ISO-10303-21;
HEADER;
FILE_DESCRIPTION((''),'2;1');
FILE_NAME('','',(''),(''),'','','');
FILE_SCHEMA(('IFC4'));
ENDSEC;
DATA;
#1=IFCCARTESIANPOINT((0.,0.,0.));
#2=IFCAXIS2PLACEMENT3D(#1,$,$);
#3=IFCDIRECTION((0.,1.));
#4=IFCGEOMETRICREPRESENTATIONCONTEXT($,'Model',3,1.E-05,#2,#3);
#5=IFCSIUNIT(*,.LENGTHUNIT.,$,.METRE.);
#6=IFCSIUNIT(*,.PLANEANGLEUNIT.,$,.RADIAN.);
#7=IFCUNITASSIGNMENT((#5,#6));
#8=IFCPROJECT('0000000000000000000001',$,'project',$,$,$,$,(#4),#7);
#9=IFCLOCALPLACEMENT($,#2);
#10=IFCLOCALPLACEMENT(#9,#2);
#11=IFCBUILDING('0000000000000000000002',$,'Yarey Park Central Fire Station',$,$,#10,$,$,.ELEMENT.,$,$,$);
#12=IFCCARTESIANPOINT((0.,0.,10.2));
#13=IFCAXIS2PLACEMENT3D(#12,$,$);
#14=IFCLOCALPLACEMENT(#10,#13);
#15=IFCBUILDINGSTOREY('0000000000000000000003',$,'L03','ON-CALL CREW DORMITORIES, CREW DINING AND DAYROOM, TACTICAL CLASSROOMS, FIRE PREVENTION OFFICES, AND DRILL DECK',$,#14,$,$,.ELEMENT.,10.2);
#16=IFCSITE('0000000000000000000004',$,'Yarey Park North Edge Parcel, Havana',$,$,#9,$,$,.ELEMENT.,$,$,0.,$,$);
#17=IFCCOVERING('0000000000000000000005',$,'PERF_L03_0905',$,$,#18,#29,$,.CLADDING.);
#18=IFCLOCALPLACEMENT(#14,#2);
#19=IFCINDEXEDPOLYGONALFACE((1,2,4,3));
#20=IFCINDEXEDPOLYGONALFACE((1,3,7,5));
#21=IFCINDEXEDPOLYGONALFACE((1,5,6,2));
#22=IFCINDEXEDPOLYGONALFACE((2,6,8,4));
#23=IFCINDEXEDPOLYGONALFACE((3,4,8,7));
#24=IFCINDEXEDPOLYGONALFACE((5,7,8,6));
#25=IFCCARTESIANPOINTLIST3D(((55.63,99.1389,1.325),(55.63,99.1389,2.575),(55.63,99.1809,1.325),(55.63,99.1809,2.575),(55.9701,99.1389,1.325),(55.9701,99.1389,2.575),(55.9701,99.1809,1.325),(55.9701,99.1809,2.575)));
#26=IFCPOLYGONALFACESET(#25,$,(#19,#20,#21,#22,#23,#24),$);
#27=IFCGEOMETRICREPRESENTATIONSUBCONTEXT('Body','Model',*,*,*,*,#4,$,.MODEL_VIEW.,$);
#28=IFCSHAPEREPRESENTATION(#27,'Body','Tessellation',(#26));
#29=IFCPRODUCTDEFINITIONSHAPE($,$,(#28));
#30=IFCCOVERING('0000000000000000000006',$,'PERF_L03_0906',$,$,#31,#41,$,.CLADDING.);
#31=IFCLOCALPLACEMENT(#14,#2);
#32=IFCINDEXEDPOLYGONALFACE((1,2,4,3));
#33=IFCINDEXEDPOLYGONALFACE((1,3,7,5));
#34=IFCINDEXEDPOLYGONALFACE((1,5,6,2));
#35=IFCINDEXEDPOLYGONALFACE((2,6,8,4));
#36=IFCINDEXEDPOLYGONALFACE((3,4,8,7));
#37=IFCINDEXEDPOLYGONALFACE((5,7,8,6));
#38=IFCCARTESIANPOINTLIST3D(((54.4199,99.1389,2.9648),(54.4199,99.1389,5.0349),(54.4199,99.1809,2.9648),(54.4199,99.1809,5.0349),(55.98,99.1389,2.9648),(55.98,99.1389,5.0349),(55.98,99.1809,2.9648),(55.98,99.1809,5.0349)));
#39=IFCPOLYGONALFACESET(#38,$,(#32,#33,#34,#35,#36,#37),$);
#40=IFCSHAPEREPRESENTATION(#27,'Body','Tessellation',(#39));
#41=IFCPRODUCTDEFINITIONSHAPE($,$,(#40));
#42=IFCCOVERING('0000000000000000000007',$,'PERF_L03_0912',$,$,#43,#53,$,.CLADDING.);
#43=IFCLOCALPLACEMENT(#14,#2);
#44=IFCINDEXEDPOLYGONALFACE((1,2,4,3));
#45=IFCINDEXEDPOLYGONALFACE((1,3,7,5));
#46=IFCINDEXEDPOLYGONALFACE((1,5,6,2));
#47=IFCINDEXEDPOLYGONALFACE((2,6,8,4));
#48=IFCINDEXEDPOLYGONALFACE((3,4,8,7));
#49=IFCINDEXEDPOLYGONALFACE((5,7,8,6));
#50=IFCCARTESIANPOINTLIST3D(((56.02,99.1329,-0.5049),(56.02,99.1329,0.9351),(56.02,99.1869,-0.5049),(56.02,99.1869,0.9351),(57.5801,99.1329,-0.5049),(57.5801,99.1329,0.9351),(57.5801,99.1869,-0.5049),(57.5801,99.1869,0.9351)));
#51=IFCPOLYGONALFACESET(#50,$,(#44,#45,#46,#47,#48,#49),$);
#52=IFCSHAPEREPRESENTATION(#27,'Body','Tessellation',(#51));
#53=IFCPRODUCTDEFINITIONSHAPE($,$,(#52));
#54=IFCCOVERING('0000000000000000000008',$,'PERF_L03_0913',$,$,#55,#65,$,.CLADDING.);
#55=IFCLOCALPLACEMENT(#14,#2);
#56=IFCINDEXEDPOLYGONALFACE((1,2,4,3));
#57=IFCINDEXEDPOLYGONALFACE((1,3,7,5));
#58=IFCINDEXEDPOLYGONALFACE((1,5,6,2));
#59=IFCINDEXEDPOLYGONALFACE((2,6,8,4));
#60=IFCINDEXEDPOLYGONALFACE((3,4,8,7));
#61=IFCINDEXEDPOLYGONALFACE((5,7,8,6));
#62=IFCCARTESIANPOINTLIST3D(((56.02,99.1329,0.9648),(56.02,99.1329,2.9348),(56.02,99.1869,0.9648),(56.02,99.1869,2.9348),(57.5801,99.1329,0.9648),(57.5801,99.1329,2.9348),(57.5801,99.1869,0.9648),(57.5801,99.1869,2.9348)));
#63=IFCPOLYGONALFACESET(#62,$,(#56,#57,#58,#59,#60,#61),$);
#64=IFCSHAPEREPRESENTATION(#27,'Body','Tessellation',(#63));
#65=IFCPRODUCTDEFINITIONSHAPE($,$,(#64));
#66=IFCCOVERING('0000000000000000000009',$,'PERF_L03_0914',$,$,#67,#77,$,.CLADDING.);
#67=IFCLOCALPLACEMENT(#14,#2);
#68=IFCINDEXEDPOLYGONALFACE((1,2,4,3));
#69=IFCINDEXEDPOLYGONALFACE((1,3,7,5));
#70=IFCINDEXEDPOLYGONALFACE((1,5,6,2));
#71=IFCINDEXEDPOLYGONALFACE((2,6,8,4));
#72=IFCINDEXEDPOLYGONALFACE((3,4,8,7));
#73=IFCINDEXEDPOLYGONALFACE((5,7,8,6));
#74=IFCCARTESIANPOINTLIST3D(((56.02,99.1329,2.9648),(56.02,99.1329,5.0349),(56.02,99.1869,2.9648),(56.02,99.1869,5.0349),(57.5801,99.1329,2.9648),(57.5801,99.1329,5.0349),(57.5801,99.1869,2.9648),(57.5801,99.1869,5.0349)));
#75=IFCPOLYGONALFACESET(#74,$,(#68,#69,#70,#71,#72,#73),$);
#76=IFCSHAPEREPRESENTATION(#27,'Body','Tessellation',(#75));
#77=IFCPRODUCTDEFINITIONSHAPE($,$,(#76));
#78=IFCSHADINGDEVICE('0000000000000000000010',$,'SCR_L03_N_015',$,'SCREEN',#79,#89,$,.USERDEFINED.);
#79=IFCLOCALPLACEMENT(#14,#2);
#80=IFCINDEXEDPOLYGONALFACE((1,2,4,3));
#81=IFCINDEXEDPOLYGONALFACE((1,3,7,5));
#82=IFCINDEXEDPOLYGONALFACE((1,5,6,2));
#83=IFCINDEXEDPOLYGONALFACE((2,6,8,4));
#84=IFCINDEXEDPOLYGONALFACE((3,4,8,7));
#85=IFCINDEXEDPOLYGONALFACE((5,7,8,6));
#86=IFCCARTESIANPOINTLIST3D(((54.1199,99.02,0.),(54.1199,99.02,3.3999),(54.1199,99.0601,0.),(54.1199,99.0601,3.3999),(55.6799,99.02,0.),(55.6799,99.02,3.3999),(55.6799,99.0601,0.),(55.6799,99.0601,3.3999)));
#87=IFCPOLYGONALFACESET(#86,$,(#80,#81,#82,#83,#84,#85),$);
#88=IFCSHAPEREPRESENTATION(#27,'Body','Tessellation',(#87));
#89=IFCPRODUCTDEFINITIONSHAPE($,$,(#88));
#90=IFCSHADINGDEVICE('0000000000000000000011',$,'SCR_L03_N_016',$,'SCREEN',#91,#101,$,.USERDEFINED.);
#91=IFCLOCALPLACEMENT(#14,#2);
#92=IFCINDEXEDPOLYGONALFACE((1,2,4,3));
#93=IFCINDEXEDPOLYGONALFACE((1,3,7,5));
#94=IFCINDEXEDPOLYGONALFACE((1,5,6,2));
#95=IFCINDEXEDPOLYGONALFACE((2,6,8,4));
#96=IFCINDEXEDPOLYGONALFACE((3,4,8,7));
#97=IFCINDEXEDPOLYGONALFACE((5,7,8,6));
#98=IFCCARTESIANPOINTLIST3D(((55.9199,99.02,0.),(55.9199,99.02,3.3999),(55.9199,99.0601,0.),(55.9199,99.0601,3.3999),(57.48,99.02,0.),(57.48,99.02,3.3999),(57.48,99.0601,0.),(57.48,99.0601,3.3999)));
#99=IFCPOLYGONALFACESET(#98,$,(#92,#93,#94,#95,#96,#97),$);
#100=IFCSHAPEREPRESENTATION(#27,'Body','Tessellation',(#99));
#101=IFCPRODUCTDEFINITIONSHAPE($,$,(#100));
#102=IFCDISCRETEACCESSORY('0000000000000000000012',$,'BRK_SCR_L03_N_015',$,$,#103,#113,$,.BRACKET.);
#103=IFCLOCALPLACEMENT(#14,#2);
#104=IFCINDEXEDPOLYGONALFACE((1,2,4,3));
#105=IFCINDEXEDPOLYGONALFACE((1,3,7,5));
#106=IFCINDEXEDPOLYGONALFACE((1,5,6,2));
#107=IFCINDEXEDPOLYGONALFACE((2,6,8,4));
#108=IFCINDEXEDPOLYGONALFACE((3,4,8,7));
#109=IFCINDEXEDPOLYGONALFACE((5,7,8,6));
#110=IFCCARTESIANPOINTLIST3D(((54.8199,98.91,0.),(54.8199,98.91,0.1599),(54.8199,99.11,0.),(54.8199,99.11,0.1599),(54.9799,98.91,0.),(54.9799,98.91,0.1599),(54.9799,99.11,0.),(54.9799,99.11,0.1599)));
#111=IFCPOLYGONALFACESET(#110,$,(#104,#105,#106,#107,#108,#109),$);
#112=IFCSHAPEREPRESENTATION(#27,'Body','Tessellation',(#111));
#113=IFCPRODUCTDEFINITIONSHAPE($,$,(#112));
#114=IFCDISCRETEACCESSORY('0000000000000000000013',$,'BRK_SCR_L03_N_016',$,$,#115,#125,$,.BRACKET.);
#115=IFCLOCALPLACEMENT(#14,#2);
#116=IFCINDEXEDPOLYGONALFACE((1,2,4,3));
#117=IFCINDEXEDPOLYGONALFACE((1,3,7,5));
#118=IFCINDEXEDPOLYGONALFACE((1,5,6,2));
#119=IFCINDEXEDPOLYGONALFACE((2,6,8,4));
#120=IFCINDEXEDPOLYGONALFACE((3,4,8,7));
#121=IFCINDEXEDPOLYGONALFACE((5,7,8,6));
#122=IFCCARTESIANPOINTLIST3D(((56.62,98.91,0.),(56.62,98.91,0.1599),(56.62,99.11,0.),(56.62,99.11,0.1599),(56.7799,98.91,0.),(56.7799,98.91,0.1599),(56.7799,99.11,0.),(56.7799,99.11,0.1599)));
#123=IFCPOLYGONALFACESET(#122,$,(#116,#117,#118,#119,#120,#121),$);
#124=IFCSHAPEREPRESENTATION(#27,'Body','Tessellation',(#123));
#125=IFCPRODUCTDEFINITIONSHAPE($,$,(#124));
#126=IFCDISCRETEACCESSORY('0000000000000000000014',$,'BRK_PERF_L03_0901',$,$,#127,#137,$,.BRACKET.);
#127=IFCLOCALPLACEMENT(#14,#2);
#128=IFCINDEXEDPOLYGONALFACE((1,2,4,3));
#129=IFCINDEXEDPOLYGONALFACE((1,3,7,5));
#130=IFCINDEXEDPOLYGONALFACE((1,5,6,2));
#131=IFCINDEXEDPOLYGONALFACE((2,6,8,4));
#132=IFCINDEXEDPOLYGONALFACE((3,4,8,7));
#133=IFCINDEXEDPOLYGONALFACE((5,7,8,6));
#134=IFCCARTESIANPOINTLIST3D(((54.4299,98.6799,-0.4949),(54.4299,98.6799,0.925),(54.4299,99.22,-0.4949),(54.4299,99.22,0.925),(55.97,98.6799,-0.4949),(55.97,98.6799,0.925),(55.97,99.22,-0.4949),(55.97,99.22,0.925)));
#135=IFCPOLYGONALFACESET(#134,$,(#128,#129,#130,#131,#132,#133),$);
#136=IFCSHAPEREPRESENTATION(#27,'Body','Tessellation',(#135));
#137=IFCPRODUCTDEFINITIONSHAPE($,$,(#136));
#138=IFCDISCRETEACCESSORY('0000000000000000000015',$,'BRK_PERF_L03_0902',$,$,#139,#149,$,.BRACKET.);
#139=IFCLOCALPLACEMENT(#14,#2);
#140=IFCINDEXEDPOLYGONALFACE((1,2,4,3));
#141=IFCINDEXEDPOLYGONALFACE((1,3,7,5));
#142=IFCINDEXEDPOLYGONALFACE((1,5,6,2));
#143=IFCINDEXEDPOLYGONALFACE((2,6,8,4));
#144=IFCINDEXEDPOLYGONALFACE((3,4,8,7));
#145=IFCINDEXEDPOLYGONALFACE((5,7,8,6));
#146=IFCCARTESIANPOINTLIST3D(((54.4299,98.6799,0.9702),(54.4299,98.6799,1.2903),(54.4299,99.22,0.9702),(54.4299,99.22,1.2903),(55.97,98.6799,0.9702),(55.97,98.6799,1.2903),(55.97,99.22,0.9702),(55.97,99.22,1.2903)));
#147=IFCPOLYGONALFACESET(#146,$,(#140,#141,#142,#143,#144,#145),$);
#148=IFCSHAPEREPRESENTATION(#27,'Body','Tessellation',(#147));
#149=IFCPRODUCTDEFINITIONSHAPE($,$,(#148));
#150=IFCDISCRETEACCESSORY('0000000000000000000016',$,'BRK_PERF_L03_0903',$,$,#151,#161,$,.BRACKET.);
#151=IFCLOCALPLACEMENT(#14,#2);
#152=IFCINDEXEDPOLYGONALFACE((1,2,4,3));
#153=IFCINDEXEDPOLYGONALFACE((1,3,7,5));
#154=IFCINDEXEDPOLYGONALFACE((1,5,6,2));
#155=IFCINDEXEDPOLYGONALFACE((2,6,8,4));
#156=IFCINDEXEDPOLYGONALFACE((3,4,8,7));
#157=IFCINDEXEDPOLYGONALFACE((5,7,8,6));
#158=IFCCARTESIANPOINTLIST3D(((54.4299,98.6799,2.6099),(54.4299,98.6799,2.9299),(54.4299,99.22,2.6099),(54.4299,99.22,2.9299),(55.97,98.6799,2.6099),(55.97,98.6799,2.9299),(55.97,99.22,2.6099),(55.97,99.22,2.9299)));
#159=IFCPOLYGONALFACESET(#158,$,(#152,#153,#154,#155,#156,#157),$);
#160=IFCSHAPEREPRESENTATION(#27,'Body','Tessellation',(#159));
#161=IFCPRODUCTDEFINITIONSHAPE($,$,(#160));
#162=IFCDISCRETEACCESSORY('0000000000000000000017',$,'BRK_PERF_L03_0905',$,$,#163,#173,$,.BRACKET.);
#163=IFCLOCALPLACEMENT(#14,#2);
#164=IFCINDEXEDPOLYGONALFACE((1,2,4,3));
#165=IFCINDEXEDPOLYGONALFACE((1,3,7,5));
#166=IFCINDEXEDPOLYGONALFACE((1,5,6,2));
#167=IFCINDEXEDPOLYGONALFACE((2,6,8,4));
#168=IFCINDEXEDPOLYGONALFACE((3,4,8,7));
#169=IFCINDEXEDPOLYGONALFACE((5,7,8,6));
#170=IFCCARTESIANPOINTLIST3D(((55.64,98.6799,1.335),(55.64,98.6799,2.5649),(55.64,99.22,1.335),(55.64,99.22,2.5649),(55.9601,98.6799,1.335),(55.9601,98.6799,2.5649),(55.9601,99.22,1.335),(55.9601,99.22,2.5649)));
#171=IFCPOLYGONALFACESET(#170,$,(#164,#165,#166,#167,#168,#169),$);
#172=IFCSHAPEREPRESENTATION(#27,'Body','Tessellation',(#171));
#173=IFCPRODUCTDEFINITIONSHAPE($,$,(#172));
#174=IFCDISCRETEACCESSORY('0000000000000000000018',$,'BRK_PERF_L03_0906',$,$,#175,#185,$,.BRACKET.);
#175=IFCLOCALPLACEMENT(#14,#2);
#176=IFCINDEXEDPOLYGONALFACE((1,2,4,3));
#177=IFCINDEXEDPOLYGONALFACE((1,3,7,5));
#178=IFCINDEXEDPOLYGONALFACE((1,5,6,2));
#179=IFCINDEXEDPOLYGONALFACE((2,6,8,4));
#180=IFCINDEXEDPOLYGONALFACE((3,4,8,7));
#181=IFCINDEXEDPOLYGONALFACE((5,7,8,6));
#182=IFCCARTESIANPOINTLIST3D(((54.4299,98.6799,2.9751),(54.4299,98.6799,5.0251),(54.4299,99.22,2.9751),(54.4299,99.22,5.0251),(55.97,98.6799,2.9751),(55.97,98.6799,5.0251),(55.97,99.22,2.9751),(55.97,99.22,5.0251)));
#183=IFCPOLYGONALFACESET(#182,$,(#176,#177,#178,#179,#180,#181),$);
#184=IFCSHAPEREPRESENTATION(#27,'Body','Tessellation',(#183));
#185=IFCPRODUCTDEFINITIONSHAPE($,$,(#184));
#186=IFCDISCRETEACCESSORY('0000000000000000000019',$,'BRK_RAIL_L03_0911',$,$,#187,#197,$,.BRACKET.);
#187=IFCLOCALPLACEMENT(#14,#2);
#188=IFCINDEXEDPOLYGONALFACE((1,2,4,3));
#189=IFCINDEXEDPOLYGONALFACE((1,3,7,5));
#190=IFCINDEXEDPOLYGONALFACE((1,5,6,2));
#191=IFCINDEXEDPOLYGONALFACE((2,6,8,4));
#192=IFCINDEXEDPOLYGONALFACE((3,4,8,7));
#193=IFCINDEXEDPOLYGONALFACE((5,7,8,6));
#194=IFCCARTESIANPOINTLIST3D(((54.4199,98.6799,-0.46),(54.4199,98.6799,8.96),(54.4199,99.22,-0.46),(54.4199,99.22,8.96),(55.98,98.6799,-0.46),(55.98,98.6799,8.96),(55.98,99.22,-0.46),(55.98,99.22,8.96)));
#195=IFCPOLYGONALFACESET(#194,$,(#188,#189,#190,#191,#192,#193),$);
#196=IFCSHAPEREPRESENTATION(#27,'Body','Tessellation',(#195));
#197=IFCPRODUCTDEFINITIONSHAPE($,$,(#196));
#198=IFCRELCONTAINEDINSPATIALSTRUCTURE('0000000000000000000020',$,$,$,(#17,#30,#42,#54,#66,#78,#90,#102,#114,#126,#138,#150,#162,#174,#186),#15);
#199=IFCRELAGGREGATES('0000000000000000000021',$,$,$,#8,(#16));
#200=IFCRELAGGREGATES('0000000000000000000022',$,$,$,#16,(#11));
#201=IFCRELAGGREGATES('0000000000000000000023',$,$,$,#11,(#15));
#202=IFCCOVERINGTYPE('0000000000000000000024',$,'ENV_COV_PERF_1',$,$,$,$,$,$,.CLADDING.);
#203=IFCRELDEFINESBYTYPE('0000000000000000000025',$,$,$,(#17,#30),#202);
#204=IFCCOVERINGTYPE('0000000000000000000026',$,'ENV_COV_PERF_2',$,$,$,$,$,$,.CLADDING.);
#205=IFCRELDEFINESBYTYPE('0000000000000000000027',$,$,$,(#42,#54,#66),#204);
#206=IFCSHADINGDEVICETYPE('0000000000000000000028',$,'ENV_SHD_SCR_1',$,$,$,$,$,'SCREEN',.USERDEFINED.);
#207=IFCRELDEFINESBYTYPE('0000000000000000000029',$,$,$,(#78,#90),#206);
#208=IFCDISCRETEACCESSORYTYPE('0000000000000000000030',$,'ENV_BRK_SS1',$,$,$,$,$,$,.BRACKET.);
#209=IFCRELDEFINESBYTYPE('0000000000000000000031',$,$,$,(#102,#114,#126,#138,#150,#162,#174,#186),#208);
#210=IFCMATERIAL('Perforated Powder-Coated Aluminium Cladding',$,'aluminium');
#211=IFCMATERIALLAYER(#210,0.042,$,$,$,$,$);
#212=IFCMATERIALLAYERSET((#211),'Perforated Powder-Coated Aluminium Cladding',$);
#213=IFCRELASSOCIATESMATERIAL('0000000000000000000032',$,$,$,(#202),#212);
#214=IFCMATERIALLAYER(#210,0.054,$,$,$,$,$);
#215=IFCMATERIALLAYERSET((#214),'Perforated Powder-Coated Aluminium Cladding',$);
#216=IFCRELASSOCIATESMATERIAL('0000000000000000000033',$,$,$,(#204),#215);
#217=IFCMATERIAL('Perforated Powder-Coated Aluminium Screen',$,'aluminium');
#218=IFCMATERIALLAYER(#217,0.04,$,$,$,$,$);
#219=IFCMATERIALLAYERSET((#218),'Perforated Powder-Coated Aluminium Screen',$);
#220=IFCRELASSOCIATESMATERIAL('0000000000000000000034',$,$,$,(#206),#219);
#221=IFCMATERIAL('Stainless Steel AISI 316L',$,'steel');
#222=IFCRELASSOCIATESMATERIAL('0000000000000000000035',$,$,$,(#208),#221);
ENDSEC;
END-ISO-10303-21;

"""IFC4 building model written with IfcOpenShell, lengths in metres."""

from ifc_helpers import new_model, si_unit, direction, frame, origin, origin_2d, place, context, subcontext, project, spatial, rectangle, extrude, material, layer, layer_set, type_object, element, save


model = new_model("IFC4")

# Units and contexts
model_context = context("Model", 3, precision=1e-05, world=origin(), true_north=direction((0.0, 1.0)))
body_context = subcontext(model_context, "Body", "Model", "MODEL_VIEW")
ifc_project = project(units=[si_unit("LENGTHUNIT", "METRE"), si_unit("PLANEANGLEUNIT", "RADIAN")], contexts=[model_context])

# Site, building, storey
site_placement = place(None, origin())
site = spatial("IfcSite", under=ifc_project, at=site_placement, Name="Yarey Park North Edge Parcel, Havana", CompositionType="ELEMENT", RefElevation=0.0)
building_placement = place(site_placement, origin())
building = spatial("IfcBuilding", under=site, at=building_placement, Name="Yarey Park Central Fire Station", CompositionType="ELEMENT")
storey_placement = place(building_placement, frame((0.0, 0.0, 10.2)))
storey = spatial("IfcBuildingStorey", under=building, at=storey_placement, Name="L03", Description="ON-CALL CREW DORMITORIES, CREW DINING AND DAYROOM, TACTICAL CLASSROOMS, FIRE PREVENTION OFFICES, AND DRILL DECK", CompositionType="ELEMENT", Elevation=10.2)

# Coverings
ifc_material_1 = material(Name="Perforated Powder-Coated Aluminium Cladding", Category="aluminium")
ifc_layer_1 = layer(ifc_material_1, 0.042)
ifc_layer_set_1 = layer_set([ifc_layer_1], Name="Perforated Powder-Coated Aluminium Cladding")
covering_type_1 = type_object("IfcCoveringType", Name="ENV_COV_PERF_1", PredefinedType="CLADDING", material=ifc_layer_set_1)
covering_1_placement = place(storey_placement, frame((55.8, 99.1599, 1.325), z_axis=(0.0, 0.0, 1.0), x_axis=(1.0, 0.0, 0.0)))
element("IfcCovering", 1, at=covering_1_placement, inside=storey, type_object=covering_type_1, Name="PERF_L03_0905", PredefinedType="CLADDING", context=body_context, shape_type="SweptSolid", body=[
    extrude(rectangle(XDim=0.3401, YDim=0.042, at=origin_2d()), origin(), (0.0, 0.0, 1.0), 1.25),
])
covering_2_placement = place(storey_placement, frame((55.2, 99.1599, 2.9648), z_axis=(0.0, 0.0, 1.0), x_axis=(1.0, 0.0, 0.0)))
element("IfcCovering", 2, at=covering_2_placement, inside=storey, type_object=covering_type_1, Name="PERF_L03_0906", PredefinedType="CLADDING", context=body_context, shape_type="SweptSolid", body=[
    extrude(rectangle(XDim=1.5601, YDim=0.042, at=origin_2d()), origin(), (0.0, 0.0, 1.0), 2.0701),
])
ifc_layer_2 = layer(ifc_material_1, 0.054)
ifc_layer_set_2 = layer_set([ifc_layer_2], Name="Perforated Powder-Coated Aluminium Cladding")
covering_type_2 = type_object("IfcCoveringType", Name="ENV_COV_PERF_2", PredefinedType="CLADDING", material=ifc_layer_set_2)
covering_3_placement = place(storey_placement, frame((56.8, 99.1599, -0.5049), z_axis=(0.0, 0.0, 1.0), x_axis=(1.0, 0.0, 0.0)))
element("IfcCovering", 3, at=covering_3_placement, inside=storey, type_object=covering_type_2, Name="PERF_L03_0912", PredefinedType="CLADDING", context=body_context, shape_type="SweptSolid", body=[
    extrude(rectangle(XDim=1.5601, YDim=0.054, at=origin_2d()), origin(), (0.0, 0.0, 1.0), 1.4399),
])
covering_4_placement = place(storey_placement, frame((56.8, 99.1599, 0.9648), z_axis=(0.0, 0.0, 1.0), x_axis=(1.0, 0.0, 0.0)))
element("IfcCovering", 4, at=covering_4_placement, inside=storey, type_object=covering_type_2, Name="PERF_L03_0913", PredefinedType="CLADDING", context=body_context, shape_type="SweptSolid", body=[
    extrude(rectangle(XDim=1.5601, YDim=0.054, at=origin_2d()), origin(), (0.0, 0.0, 1.0), 1.97),
])
covering_5_placement = place(storey_placement, frame((56.8, 99.1599, 2.9648), z_axis=(0.0, 0.0, 1.0), x_axis=(1.0, 0.0, 0.0)))
element("IfcCovering", 5, at=covering_5_placement, inside=storey, type_object=covering_type_2, Name="PERF_L03_0914", PredefinedType="CLADDING", context=body_context, shape_type="SweptSolid", body=[
    extrude(rectangle(XDim=1.5601, YDim=0.054, at=origin_2d()), origin(), (0.0, 0.0, 1.0), 2.0701),
])

# Shading devices
ifc_material_2 = material(Name="Perforated Powder-Coated Aluminium Screen", Category="aluminium")
ifc_layer_3 = layer(ifc_material_2, 0.04)
ifc_layer_set_3 = layer_set([ifc_layer_3], Name="Perforated Powder-Coated Aluminium Screen")
shading_device_type = type_object("IfcShadingDeviceType", Name="ENV_SHD_SCR_1", ElementType="SCREEN", PredefinedType="USERDEFINED", material=ifc_layer_set_3)
for number, where, z_axis, x_axis, name in (
    (6, (54.8999, 99.04, 0.0), (0.0, 0.0, 1.0), (1.0, 0.0, 0.0), "SCR_L03_N_015"),
    (7, (56.7, 99.04, 0.0), (0.0, 0.0, 1.0), (1.0, 0.0, 0.0), "SCR_L03_N_016"),
):
    element("IfcShadingDevice", number, at=place(storey_placement, frame(where, z_axis=z_axis, x_axis=x_axis)), inside=storey, type_object=shading_device_type, Name=name, ObjectType="SCREEN", PredefinedType="USERDEFINED", context=body_context, shape_type="SweptSolid", body=[
        extrude(rectangle(XDim=1.5601, YDim=0.04, at=origin_2d()), origin(), (0.0, 0.0, 1.0), 3.3999),
    ])

# Discrete accessories
ifc_material_3 = material(Name="Stainless Steel AISI 316L", Category="steel")
discrete_accessory_type = type_object("IfcDiscreteAccessoryType", Name="ENV_BRK_SS1", PredefinedType="BRACKET", material=ifc_material_3)
for number, where, z_axis, x_axis, name in (
    (8, (54.8999, 99.01, 0.0), (0.0, 0.0, 1.0), (1.0, 0.0, 0.0), "BRK_SCR_L03_N_015"),
    (9, (56.7, 99.01, 0.0), (0.0, 0.0, 1.0), (1.0, 0.0, 0.0), "BRK_SCR_L03_N_016"),
):
    element("IfcDiscreteAccessory", number, at=place(storey_placement, frame(where, z_axis=z_axis, x_axis=x_axis)), inside=storey, type_object=discrete_accessory_type, Name=name, PredefinedType="BRACKET", context=body_context, shape_type="SweptSolid", body=[
        extrude(rectangle(XDim=0.1599, YDim=0.2, at=origin_2d()), origin(), (0.0, 0.0, 1.0), 0.1599),
    ])
discrete_accessory_1_placement = place(storey_placement, frame((55.2, 98.95, -0.4949), z_axis=(0.0, 0.0, 1.0), x_axis=(1.0, 0.0, 0.0)))
element("IfcDiscreteAccessory", 10, at=discrete_accessory_1_placement, inside=storey, type_object=discrete_accessory_type, Name="BRK_PERF_L03_0901", PredefinedType="BRACKET", context=body_context, shape_type="SweptSolid", body=[
    extrude(rectangle(XDim=1.54, YDim=0.54, at=origin_2d()), origin(), (0.0, 0.0, 1.0), 1.4199),
])
for number, where, z_axis, x_axis, name in (
    (11, (55.2, 98.95, 0.9702), (0.0, 0.0, 1.0), (1.0, 0.0, 0.0), "BRK_PERF_L03_0902"),
    (12, (55.2, 98.95, 2.6099), (0.0, 0.0, 1.0), (1.0, 0.0, 0.0), "BRK_PERF_L03_0903"),
):
    element("IfcDiscreteAccessory", number, at=place(storey_placement, frame(where, z_axis=z_axis, x_axis=x_axis)), inside=storey, type_object=discrete_accessory_type, Name=name, PredefinedType="BRACKET", context=body_context, shape_type="SweptSolid", body=[
        extrude(rectangle(XDim=1.54, YDim=0.54, at=origin_2d()), origin(), (0.0, 0.0, 1.0), 0.3201),
    ])
discrete_accessory_2_placement = place(storey_placement, frame((55.8, 98.95, 1.335), z_axis=(0.0, 0.0, 1.0), x_axis=(1.0, 0.0, 0.0)))
element("IfcDiscreteAccessory", 13, at=discrete_accessory_2_placement, inside=storey, type_object=discrete_accessory_type, Name="BRK_PERF_L03_0905", PredefinedType="BRACKET", context=body_context, shape_type="SweptSolid", body=[
    extrude(rectangle(XDim=0.3201, YDim=0.54, at=origin_2d()), origin(), (0.0, 0.0, 1.0), 1.23),
])
discrete_accessory_3_placement = place(storey_placement, frame((55.2, 98.95, 2.9751), z_axis=(0.0, 0.0, 1.0), x_axis=(1.0, 0.0, 0.0)))
element("IfcDiscreteAccessory", 14, at=discrete_accessory_3_placement, inside=storey, type_object=discrete_accessory_type, Name="BRK_PERF_L03_0906", PredefinedType="BRACKET", context=body_context, shape_type="SweptSolid", body=[
    extrude(rectangle(XDim=1.54, YDim=0.54, at=origin_2d()), origin(), (0.0, 0.0, 1.0), 2.05),
])
discrete_accessory_4_placement = place(storey_placement, frame((55.2, 98.95, -0.46), z_axis=(0.0, 0.0, 1.0), x_axis=(1.0, 0.0, 0.0)))
element("IfcDiscreteAccessory", 15, at=discrete_accessory_4_placement, inside=storey, type_object=discrete_accessory_type, Name="BRK_RAIL_L03_0911", PredefinedType="BRACKET", context=body_context, shape_type="SweptSolid", body=[
    extrude(rectangle(XDim=1.5601, YDim=0.54, at=origin_2d()), origin(), (0.0, 0.0, 1.0), 9.4199),
])

save(model, "model.ifc")
